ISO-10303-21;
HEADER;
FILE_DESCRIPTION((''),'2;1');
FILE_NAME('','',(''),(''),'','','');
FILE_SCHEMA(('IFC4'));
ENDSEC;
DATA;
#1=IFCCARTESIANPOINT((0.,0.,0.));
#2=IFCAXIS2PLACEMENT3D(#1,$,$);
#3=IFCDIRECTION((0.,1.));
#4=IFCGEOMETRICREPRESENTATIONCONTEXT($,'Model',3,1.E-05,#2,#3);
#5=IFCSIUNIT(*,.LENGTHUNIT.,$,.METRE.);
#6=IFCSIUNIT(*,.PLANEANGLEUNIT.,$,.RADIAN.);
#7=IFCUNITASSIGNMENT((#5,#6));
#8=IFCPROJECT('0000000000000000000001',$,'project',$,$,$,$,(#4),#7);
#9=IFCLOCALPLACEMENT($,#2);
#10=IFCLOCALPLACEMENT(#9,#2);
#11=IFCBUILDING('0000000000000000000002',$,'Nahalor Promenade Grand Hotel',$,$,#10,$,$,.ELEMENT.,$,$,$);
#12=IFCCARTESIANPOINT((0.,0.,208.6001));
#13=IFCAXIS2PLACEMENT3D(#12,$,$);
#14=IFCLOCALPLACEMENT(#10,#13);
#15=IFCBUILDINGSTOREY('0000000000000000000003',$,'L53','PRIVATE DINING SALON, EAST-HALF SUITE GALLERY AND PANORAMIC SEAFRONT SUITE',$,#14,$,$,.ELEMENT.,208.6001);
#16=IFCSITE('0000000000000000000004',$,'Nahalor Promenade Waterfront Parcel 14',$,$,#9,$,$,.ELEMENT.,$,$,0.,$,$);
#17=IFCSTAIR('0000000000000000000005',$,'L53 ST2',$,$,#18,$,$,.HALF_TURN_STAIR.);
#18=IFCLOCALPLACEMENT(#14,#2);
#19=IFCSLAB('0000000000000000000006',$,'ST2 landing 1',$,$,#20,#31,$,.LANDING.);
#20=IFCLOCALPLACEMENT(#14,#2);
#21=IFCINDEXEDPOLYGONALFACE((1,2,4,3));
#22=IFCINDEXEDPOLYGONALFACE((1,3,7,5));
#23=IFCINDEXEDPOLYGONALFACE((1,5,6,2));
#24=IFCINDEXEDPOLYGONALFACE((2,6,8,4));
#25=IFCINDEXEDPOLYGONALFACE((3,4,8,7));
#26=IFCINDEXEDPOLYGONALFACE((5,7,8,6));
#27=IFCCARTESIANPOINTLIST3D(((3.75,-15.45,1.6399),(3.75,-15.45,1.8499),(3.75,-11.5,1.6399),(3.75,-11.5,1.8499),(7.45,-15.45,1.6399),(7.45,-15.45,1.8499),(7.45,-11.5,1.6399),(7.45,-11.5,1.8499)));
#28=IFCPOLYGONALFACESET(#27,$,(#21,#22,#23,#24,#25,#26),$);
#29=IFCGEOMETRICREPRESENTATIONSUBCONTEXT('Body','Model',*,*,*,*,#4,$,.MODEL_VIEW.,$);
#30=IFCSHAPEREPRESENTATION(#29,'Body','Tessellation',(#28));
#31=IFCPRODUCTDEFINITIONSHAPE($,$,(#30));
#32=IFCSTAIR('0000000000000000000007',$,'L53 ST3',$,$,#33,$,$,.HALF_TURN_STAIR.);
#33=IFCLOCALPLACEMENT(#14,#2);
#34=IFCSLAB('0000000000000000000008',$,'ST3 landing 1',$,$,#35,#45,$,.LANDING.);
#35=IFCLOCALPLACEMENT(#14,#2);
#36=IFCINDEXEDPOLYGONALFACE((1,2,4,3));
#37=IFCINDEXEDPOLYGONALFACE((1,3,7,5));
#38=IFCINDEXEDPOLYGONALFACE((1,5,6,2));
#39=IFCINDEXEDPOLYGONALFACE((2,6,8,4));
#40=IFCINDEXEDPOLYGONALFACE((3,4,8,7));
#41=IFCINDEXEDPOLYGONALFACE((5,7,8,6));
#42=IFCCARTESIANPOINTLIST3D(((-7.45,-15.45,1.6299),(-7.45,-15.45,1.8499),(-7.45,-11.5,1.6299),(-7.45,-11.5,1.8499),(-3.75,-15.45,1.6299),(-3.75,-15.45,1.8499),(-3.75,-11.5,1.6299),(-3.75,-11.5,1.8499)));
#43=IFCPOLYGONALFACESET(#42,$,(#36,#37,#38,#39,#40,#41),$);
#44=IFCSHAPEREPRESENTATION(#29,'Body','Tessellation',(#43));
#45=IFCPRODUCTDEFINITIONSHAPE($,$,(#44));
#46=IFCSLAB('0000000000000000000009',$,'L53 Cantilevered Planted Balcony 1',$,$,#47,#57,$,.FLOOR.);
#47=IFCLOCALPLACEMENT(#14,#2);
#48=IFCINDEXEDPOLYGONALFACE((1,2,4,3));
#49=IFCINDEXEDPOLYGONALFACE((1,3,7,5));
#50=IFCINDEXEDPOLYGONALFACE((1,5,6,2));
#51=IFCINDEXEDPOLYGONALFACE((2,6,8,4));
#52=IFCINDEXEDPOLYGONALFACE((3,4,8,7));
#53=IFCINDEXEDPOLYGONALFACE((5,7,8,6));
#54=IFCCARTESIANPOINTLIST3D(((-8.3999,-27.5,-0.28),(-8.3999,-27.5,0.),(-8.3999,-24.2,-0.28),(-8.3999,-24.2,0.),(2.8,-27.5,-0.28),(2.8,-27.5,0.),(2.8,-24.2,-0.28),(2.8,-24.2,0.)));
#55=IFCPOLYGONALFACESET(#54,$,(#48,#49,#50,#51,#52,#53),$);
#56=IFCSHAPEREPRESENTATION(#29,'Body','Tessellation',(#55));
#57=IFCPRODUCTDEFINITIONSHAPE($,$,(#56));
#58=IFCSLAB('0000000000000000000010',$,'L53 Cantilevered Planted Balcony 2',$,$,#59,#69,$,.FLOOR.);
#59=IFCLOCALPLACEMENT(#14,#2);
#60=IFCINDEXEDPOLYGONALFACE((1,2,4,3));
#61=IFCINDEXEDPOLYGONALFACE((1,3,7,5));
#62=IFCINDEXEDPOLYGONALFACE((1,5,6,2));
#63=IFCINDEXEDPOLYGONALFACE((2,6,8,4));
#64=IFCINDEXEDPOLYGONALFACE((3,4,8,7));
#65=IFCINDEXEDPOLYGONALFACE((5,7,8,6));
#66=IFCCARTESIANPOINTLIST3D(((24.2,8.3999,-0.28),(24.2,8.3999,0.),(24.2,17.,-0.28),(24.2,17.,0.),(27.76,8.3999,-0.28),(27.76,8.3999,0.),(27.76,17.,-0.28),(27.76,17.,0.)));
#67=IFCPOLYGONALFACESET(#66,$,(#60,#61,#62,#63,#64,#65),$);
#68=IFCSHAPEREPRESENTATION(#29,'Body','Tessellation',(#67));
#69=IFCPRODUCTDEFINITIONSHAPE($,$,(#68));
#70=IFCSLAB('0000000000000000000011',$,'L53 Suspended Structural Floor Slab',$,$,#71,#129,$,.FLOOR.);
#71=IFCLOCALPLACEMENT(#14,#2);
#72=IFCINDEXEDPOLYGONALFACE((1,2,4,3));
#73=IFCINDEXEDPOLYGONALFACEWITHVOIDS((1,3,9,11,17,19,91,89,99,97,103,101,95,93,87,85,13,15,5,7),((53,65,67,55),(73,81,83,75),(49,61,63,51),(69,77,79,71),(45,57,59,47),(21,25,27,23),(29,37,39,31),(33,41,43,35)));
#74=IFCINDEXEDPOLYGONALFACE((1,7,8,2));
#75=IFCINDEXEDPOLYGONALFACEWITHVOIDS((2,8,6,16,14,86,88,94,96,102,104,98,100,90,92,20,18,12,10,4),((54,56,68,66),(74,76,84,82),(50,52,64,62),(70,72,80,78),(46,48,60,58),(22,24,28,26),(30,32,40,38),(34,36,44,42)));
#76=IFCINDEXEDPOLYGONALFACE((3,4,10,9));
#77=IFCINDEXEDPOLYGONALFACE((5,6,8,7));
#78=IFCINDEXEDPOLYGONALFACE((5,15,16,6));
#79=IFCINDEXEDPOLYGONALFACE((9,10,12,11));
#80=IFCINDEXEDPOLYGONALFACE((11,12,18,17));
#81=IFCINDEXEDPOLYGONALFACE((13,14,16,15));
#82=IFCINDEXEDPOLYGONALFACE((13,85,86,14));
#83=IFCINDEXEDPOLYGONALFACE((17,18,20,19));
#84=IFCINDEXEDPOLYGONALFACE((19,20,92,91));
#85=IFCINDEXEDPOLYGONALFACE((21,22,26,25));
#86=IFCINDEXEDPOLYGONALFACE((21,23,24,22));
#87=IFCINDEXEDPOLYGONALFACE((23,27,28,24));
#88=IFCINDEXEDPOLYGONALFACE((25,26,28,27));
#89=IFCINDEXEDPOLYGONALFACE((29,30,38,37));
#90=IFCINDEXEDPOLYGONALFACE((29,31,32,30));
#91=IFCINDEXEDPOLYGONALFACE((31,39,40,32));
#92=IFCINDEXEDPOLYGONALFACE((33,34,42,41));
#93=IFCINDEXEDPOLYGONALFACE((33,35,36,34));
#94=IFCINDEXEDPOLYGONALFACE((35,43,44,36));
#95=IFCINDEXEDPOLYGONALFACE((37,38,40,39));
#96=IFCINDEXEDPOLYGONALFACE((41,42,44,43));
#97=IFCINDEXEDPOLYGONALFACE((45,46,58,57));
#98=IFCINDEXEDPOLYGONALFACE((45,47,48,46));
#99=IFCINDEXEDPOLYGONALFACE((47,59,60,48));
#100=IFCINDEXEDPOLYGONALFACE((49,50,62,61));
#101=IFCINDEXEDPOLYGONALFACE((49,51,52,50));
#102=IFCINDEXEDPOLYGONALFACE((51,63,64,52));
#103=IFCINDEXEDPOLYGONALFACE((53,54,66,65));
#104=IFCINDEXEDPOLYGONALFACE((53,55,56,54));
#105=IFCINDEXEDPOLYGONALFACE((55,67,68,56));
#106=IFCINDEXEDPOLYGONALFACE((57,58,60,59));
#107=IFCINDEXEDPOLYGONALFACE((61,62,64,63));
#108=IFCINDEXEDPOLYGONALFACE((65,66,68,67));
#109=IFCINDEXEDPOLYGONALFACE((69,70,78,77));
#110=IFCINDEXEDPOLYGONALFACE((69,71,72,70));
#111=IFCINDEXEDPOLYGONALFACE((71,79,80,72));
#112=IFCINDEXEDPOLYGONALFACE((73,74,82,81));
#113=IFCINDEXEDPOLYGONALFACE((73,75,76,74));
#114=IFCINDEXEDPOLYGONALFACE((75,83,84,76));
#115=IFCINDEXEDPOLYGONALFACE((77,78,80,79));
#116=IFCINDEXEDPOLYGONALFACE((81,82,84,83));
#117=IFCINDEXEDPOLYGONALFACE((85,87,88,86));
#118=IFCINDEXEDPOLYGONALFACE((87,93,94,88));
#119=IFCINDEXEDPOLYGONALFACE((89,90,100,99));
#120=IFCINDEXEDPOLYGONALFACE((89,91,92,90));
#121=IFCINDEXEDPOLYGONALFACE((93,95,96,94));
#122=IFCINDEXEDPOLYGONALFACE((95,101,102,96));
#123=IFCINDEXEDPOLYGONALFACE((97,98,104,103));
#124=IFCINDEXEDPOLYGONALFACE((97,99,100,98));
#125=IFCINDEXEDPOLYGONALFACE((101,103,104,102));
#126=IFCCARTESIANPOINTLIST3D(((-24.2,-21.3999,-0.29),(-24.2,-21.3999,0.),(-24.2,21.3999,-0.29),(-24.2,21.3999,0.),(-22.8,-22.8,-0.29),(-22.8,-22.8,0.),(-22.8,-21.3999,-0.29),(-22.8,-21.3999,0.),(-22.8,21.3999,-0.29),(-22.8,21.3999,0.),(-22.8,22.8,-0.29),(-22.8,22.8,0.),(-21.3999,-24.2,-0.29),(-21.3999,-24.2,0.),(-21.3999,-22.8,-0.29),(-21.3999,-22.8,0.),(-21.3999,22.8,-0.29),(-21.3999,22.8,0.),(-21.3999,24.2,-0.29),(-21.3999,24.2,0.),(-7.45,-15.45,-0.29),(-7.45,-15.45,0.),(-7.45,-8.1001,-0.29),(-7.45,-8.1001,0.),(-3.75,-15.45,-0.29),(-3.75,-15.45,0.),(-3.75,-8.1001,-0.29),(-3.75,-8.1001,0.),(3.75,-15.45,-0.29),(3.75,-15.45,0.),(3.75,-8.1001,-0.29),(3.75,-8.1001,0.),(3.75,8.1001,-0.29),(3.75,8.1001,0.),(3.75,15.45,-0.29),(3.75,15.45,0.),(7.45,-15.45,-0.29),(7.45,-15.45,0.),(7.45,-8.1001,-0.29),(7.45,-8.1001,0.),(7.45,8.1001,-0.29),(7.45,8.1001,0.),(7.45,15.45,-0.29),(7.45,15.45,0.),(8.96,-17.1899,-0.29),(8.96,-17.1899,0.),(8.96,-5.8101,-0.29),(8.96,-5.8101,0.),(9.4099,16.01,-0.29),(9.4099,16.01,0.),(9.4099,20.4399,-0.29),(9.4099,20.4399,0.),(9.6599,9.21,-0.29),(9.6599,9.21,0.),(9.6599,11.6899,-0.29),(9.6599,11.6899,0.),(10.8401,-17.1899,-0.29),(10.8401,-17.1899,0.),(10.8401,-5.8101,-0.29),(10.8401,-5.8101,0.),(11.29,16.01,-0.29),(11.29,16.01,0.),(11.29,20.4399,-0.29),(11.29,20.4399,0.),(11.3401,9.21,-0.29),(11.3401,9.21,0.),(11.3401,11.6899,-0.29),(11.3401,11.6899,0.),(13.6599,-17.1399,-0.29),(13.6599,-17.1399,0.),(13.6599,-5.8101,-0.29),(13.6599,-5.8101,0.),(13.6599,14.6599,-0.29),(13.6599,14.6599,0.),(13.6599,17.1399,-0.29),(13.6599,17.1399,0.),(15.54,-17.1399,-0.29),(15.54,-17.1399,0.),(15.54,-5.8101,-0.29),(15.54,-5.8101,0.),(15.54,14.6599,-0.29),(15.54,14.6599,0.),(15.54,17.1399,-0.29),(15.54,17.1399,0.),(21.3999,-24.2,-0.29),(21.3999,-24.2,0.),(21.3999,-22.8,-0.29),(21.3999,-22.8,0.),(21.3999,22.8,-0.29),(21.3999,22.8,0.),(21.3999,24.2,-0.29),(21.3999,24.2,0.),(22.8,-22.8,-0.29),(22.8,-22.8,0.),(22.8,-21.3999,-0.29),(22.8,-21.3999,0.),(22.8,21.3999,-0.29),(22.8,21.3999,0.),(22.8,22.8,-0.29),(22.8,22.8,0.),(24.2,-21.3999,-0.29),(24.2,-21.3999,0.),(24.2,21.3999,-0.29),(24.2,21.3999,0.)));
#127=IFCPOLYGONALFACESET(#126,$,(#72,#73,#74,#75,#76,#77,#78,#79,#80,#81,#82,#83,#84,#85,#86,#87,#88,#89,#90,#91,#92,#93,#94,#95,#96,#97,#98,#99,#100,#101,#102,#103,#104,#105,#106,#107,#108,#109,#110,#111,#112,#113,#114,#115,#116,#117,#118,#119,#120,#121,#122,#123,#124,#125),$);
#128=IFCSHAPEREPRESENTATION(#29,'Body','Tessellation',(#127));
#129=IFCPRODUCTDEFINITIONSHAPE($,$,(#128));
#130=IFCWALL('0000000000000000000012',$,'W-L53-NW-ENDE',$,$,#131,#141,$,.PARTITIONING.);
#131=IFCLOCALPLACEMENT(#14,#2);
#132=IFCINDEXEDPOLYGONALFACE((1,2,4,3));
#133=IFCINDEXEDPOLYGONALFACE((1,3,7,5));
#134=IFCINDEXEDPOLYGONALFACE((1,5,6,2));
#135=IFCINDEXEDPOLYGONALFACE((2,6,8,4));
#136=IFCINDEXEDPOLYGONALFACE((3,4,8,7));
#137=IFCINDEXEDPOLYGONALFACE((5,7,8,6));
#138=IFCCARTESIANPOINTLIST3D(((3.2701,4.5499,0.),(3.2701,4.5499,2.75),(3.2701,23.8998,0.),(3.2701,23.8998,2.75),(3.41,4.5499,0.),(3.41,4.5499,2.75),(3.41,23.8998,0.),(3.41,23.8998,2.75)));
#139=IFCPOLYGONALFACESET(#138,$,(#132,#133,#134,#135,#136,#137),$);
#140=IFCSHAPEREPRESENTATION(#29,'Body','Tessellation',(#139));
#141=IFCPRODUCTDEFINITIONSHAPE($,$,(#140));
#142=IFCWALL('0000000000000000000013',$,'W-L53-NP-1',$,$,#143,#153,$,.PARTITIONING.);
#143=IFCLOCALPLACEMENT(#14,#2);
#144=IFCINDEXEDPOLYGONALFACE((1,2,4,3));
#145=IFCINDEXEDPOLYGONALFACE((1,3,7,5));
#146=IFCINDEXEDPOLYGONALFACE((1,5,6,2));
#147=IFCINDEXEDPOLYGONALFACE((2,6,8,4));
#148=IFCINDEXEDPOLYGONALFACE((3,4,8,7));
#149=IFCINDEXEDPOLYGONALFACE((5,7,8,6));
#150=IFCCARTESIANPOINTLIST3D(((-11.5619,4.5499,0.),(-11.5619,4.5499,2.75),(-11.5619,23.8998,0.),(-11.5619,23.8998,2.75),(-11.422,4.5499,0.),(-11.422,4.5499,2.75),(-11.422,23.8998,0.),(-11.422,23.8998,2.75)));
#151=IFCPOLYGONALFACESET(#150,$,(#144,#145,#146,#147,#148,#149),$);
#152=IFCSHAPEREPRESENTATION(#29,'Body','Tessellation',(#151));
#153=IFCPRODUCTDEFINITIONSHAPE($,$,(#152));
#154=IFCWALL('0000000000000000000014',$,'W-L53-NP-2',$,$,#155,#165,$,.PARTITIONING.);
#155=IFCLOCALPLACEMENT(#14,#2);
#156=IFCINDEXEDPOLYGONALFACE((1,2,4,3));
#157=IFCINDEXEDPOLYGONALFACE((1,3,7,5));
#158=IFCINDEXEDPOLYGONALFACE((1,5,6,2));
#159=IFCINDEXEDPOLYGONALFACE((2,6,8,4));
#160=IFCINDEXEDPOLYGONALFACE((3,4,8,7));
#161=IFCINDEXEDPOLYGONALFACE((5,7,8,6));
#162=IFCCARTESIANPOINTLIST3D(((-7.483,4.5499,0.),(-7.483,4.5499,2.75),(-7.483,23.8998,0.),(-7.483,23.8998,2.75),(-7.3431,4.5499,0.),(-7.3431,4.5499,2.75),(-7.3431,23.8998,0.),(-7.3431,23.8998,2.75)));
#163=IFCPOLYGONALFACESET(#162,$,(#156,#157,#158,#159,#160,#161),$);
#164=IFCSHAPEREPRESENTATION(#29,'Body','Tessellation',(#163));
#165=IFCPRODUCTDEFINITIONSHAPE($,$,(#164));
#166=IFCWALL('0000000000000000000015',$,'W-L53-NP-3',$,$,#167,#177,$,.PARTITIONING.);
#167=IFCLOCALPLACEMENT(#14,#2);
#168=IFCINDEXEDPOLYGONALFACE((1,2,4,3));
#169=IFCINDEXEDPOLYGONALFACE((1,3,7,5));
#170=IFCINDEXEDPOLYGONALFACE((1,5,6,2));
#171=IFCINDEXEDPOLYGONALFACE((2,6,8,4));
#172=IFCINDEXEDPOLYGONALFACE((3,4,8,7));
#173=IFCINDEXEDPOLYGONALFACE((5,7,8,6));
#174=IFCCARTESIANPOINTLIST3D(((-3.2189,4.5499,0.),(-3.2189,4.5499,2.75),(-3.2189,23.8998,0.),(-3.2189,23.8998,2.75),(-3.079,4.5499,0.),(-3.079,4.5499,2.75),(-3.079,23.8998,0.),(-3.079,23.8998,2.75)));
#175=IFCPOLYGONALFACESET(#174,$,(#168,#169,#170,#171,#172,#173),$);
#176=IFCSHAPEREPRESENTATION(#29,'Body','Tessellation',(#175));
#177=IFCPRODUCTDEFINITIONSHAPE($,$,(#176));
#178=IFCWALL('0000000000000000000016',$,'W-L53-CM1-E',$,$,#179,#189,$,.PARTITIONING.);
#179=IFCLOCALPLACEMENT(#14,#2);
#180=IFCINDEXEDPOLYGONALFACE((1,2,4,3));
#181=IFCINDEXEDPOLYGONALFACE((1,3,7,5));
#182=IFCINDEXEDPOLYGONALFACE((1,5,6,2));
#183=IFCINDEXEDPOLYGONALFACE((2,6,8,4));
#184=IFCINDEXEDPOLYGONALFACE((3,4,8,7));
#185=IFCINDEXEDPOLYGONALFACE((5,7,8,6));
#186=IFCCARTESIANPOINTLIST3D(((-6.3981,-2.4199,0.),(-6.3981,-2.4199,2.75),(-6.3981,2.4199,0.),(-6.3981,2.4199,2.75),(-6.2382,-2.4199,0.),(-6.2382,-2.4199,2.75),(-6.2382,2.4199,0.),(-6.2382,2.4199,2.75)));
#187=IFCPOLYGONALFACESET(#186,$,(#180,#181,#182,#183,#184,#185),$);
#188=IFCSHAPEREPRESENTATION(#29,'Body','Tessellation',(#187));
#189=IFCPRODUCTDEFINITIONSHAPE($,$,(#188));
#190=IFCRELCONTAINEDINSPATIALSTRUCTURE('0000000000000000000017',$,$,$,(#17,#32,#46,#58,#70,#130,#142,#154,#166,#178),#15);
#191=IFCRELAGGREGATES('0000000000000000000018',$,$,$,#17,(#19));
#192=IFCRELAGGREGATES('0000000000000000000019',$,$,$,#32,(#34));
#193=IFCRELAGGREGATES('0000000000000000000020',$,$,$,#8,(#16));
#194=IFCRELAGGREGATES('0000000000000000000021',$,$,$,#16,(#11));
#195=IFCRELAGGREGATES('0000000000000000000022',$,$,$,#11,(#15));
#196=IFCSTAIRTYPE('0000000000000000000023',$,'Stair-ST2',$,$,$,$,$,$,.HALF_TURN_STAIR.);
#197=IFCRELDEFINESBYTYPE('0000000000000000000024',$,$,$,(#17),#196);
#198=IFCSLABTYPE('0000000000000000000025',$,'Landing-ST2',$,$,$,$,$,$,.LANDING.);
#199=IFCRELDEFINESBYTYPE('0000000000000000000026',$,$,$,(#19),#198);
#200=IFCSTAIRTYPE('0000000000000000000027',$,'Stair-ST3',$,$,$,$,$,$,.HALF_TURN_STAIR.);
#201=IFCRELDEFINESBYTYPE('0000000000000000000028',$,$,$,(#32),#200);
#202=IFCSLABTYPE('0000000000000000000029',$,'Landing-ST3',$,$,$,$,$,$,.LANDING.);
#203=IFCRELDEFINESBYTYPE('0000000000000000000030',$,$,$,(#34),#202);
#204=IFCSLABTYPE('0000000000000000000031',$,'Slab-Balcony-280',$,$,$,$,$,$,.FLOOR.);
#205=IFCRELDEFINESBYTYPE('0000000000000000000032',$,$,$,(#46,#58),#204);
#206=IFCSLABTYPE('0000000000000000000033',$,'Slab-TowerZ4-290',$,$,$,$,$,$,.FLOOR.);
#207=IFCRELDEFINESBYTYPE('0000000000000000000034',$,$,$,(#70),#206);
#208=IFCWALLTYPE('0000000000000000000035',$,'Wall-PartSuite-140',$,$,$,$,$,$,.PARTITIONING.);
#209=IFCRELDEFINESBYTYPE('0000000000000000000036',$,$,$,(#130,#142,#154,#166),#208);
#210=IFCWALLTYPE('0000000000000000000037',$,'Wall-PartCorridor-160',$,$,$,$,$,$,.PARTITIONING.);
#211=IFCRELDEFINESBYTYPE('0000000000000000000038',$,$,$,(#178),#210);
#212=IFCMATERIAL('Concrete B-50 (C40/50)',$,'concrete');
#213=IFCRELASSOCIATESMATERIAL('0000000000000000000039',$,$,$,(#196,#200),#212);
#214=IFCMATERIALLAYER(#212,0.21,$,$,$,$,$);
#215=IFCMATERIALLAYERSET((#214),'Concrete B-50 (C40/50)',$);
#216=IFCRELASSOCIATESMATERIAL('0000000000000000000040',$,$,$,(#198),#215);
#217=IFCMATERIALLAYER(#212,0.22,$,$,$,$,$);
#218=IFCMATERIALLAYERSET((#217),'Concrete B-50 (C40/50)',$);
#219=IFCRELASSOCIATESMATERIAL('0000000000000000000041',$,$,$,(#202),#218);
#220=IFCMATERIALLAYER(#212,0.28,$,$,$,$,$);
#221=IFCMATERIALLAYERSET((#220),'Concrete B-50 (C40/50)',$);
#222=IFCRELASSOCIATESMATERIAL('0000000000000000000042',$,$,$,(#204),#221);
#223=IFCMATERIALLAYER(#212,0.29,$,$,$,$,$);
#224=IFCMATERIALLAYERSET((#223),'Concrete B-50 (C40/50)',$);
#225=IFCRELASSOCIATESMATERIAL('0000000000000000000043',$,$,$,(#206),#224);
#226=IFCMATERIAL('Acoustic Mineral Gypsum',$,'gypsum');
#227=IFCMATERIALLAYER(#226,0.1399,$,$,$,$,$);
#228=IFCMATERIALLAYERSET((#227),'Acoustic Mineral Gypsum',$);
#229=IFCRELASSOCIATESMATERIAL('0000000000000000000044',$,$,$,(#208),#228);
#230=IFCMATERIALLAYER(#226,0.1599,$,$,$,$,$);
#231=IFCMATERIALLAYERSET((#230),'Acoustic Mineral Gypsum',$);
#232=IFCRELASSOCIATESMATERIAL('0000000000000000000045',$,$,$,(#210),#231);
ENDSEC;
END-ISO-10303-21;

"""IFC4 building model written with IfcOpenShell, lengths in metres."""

from ifc_helpers import new_model, si_unit, direction, frame, frame_2d, origin, place, context, subcontext, project, spatial, polyline, rectangle, outline, extrude, source, transform, mapped, material, layer, layer_set, type_object, element, aggregate, save


model = new_model("IFC4")

# Units and contexts
model_context = context("Model", 3, precision=1e-05, world=origin(), true_north=direction((0.0, 1.0)))
body_context = subcontext(model_context, "Body", "Model", "MODEL_VIEW")
ifc_project = project(units=[si_unit("LENGTHUNIT", "METRE"), si_unit("PLANEANGLEUNIT", "RADIAN")], contexts=[model_context])

# Site, building, storey
site_placement = place(None, origin())
site = spatial("IfcSite", under=ifc_project, at=site_placement, Name="Nahalor Promenade Waterfront Parcel 14", CompositionType="ELEMENT", RefElevation=0.0)
building_placement = place(site_placement, origin())
building = spatial("IfcBuilding", under=site, at=building_placement, Name="Nahalor Promenade Grand Hotel", CompositionType="ELEMENT")
storey_placement = place(building_placement, frame((0.0, 0.0, 208.6001)))
storey = spatial("IfcBuildingStorey", under=building, at=storey_placement, Name="L53", Description="PRIVATE DINING SALON, EAST-HALF SUITE GALLERY AND PANORAMIC SEAFRONT SUITE", CompositionType="ELEMENT", Elevation=208.6001)

# Stairs, slabs
ifc_material_1 = material(Name="Concrete B-50 (C40/50)", Category="concrete")
stair_type_1 = type_object("IfcStairType", Name="Stair-ST2", PredefinedType="HALF_TURN_STAIR", material=ifc_material_1)
stair_1_placement = place(storey_placement, origin())
stair_1 = element("IfcStair", 1, at=stair_1_placement, inside=storey, type_object=stair_type_1, Name="L53 ST2", PredefinedType="HALF_TURN_STAIR")
ifc_layer_1 = layer(ifc_material_1, 0.21)
ifc_layer_set_1 = layer_set([ifc_layer_1], Name="Concrete B-50 (C40/50)")
slab_type_1 = type_object("IfcSlabType", Name="Landing-ST2", PredefinedType="LANDING", material=ifc_layer_set_1)
slab_1_placement = place(storey_placement, frame((0.0, 0.0, 1.6399)))
slab_1 = element("IfcSlab", 2, at=slab_1_placement, type_object=slab_type_1, Name="ST2 landing 1", PredefinedType="LANDING", context=body_context, shape_type="SweptSolid", body=[
    extrude(outline(polyline([(3.75, -11.5), (3.75, -15.45), (7.45, -15.45), (7.45, -11.5), (3.75, -11.5)])), origin(), (0.0, 0.0, 1.0), 0.21),
])
aggregate(stair_1, [slab_1])
stair_type_2 = type_object("IfcStairType", Name="Stair-ST3", PredefinedType="HALF_TURN_STAIR", material=ifc_material_1)
stair_2_placement = place(storey_placement, origin())
stair_2 = element("IfcStair", 3, at=stair_2_placement, inside=storey, type_object=stair_type_2, Name="L53 ST3", PredefinedType="HALF_TURN_STAIR")
ifc_layer_2 = layer(ifc_material_1, 0.22)
ifc_layer_set_2 = layer_set([ifc_layer_2], Name="Concrete B-50 (C40/50)")
slab_type_2 = type_object("IfcSlabType", Name="Landing-ST3", PredefinedType="LANDING", material=ifc_layer_set_2)
slab_2_placement = place(storey_placement, frame((0.0, 0.0, 1.6299)))
slab_2 = element("IfcSlab", 4, at=slab_2_placement, type_object=slab_type_2, Name="ST3 landing 1", PredefinedType="LANDING", context=body_context, shape_type="SweptSolid", body=[
    extrude(outline(polyline([(-7.45, -11.5), (-7.45, -15.45), (-3.75, -15.45), (-3.75, -11.5), (-7.45, -11.5)])), origin(), (0.0, 0.0, 1.0), 0.22),
])
aggregate(stair_2, [slab_2])

# Slabs
ifc_layer_3 = layer(ifc_material_1, 0.28)
ifc_layer_set_3 = layer_set([ifc_layer_3], Name="Concrete B-50 (C40/50)")
slab_type_3 = type_object("IfcSlabType", Name="Slab-Balcony-280", PredefinedType="FLOOR", material=ifc_layer_set_3)
slab_3_placement = place(storey_placement, frame((0.0, 0.0, -0.28)))
element("IfcSlab", 5, at=slab_3_placement, inside=storey, type_object=slab_type_3, Name="L53 Cantilevered Planted Balcony 1", PredefinedType="FLOOR", context=body_context, shape_type="SweptSolid", body=[
    extrude(outline(polyline([(-8.3999, -27.5), (2.8, -27.5), (2.8, -24.2), (-8.3999, -24.2), (-8.3999, -27.5)])), origin(), (0.0, 0.0, 1.0), 0.28),
])
slab_4_placement = place(storey_placement, frame((0.0, 0.0, -0.28)))
element("IfcSlab", 6, at=slab_4_placement, inside=storey, type_object=slab_type_3, Name="L53 Cantilevered Planted Balcony 2", PredefinedType="FLOOR", context=body_context, shape_type="SweptSolid", body=[
    extrude(outline(polyline([(24.2, 8.3999), (27.76, 8.3999), (27.76, 17.0), (24.2, 17.0), (24.2, 8.3999)])), origin(), (0.0, 0.0, 1.0), 0.28),
])
ifc_layer_4 = layer(ifc_material_1, 0.29)
ifc_layer_set_4 = layer_set([ifc_layer_4], Name="Concrete B-50 (C40/50)")
slab_type_4 = type_object("IfcSlabType", Name="Slab-TowerZ4-290", PredefinedType="FLOOR", material=ifc_layer_set_4)
slab_5_placement = place(storey_placement, frame((0.0, 0.0, -0.29)))
element("IfcSlab", 7, at=slab_5_placement, inside=storey, type_object=slab_type_4, Name="L53 Suspended Structural Floor Slab", PredefinedType="FLOOR", context=body_context, shape_type="SweptSolid", body=[
    extrude(outline(polyline([(-21.3999, -24.2), (21.3999, -24.2), (21.3999, -22.8), (22.8, -22.8), (22.8, -21.3999), (24.2, -21.3999), (24.2, 21.3999), (22.8, 21.3999), (22.8, 22.8), (21.3999, 22.8), (21.3999, 24.2), (-21.3999, 24.2), (-21.3999, 22.8), (-22.8, 22.8), (-22.8, 21.3999), (-24.2, 21.3999), (-24.2, -21.3999), (-22.8, -21.3999), (-22.8, -22.8), (-21.3999, -22.8), (-21.3999, -24.2)]), holes=[polyline([(3.75, 8.1001), (7.45, 8.1001), (7.45, 15.45), (3.75, 15.45), (3.75, 8.1001)]), polyline([(3.75, -15.45), (7.45, -15.45), (7.45, -8.1001), (3.75, -8.1001), (3.75, -15.45)]), polyline([(-7.45, -15.45), (-3.75, -15.45), (-3.75, -8.1001), (-7.45, -8.1001), (-7.45, -15.45)]), polyline([(13.6599, -17.1399), (15.54, -17.1399), (15.54, -5.8101), (13.6599, -5.8101), (13.6599, -17.1399)]), polyline([(8.96, -17.1899), (10.8401, -17.1899), (10.8401, -5.8101), (8.96, -5.8101), (8.96, -17.1899)]), polyline([(9.4099, 16.01), (11.29, 16.01), (11.29, 20.4399), (9.4099, 20.4399), (9.4099, 16.01)]), polyline([(9.6599, 9.21), (11.3401, 9.21), (11.3401, 11.6899), (9.6599, 11.6899), (9.6599, 9.21)]), polyline([(13.6599, 14.6599), (15.54, 14.6599), (15.54, 17.1399), (13.6599, 17.1399), (13.6599, 14.6599)])]), origin(), (0.0, 0.0, 1.0), 0.29),
])

# Walls
ifc_material_2 = material(Name="Acoustic Mineral Gypsum", Category="gypsum")
ifc_layer_5 = layer(ifc_material_2, 0.1399)
ifc_layer_set_5 = layer_set([ifc_layer_5], Name="Acoustic Mineral Gypsum")
wall_type_1 = type_object("IfcWallType", Name="Wall-PartSuite-140", PredefinedType="PARTITIONING", material=ifc_layer_set_5)
shared_shape_1 = source(origin(), body_context, "Body", "SweptSolid", [
    extrude(rectangle(XDim=19.3499, YDim=0.1399, at=frame_2d((9.6748, 0.0))), origin(), (0.0, 0.0, 1.0), 2.75),
])
for number, where, z_axis, x_axis, name in (
    (8, (3.3401, 4.55, 0.0), (0.0, 0.0, 1.0), (0.0, 1.0, 0.0), "W-L53-NW-ENDE"),
    (9, (-11.4919, 4.55, 0.0), (0.0, 0.0, 1.0), (0.0, 1.0, 0.0), "W-L53-NP-1"),
    (10, (-7.4131, 4.55, 0.0), (0.0, 0.0, 1.0), (0.0, 1.0, 0.0), "W-L53-NP-2"),
    (11, (-3.1489, 4.55, 0.0), (0.0, 0.0, 1.0), (0.0, 1.0, 0.0), "W-L53-NP-3"),
):
    element("IfcWall", number, at=place(storey_placement, frame(where, z_axis=z_axis, x_axis=x_axis)), inside=storey, type_object=wall_type_1, Name=name, PredefinedType="PARTITIONING", context=body_context, shape_type="MappedRepresentation", body=[
        mapped(shared_shape_1, transform((0.0, 0.0, 0.0), scale=1.0)),
    ])
ifc_layer_6 = layer(ifc_material_2, 0.1599)
ifc_layer_set_6 = layer_set([ifc_layer_6], Name="Acoustic Mineral Gypsum")
wall_type_2 = type_object("IfcWallType", Name="Wall-PartCorridor-160", PredefinedType="PARTITIONING", material=ifc_layer_set_6)
shared_shape_2 = source(origin(), body_context, "Body", "SweptSolid", [
    extrude(rectangle(XDim=4.8398, YDim=0.1599, at=frame_2d((2.4199, 0.0))), origin(), (0.0, 0.0, 1.0), 2.75),
])
for number, where, z_axis, x_axis, name in (
    (12, (-6.3181, -2.4199, 0.0), (0.0, 0.0, 1.0), (0.0, 1.0, 0.0), "W-L53-CM1-E"),
):
    element("IfcWall", number, at=place(storey_placement, frame(where, z_axis=z_axis, x_axis=x_axis)), inside=storey, type_object=wall_type_2, Name=name, PredefinedType="PARTITIONING", context=body_context, shape_type="MappedRepresentation", body=[
        mapped(shared_shape_2, transform((0.0, 0.0, 0.0), scale=1.0)),
    ])

save(model, "model.ifc")
